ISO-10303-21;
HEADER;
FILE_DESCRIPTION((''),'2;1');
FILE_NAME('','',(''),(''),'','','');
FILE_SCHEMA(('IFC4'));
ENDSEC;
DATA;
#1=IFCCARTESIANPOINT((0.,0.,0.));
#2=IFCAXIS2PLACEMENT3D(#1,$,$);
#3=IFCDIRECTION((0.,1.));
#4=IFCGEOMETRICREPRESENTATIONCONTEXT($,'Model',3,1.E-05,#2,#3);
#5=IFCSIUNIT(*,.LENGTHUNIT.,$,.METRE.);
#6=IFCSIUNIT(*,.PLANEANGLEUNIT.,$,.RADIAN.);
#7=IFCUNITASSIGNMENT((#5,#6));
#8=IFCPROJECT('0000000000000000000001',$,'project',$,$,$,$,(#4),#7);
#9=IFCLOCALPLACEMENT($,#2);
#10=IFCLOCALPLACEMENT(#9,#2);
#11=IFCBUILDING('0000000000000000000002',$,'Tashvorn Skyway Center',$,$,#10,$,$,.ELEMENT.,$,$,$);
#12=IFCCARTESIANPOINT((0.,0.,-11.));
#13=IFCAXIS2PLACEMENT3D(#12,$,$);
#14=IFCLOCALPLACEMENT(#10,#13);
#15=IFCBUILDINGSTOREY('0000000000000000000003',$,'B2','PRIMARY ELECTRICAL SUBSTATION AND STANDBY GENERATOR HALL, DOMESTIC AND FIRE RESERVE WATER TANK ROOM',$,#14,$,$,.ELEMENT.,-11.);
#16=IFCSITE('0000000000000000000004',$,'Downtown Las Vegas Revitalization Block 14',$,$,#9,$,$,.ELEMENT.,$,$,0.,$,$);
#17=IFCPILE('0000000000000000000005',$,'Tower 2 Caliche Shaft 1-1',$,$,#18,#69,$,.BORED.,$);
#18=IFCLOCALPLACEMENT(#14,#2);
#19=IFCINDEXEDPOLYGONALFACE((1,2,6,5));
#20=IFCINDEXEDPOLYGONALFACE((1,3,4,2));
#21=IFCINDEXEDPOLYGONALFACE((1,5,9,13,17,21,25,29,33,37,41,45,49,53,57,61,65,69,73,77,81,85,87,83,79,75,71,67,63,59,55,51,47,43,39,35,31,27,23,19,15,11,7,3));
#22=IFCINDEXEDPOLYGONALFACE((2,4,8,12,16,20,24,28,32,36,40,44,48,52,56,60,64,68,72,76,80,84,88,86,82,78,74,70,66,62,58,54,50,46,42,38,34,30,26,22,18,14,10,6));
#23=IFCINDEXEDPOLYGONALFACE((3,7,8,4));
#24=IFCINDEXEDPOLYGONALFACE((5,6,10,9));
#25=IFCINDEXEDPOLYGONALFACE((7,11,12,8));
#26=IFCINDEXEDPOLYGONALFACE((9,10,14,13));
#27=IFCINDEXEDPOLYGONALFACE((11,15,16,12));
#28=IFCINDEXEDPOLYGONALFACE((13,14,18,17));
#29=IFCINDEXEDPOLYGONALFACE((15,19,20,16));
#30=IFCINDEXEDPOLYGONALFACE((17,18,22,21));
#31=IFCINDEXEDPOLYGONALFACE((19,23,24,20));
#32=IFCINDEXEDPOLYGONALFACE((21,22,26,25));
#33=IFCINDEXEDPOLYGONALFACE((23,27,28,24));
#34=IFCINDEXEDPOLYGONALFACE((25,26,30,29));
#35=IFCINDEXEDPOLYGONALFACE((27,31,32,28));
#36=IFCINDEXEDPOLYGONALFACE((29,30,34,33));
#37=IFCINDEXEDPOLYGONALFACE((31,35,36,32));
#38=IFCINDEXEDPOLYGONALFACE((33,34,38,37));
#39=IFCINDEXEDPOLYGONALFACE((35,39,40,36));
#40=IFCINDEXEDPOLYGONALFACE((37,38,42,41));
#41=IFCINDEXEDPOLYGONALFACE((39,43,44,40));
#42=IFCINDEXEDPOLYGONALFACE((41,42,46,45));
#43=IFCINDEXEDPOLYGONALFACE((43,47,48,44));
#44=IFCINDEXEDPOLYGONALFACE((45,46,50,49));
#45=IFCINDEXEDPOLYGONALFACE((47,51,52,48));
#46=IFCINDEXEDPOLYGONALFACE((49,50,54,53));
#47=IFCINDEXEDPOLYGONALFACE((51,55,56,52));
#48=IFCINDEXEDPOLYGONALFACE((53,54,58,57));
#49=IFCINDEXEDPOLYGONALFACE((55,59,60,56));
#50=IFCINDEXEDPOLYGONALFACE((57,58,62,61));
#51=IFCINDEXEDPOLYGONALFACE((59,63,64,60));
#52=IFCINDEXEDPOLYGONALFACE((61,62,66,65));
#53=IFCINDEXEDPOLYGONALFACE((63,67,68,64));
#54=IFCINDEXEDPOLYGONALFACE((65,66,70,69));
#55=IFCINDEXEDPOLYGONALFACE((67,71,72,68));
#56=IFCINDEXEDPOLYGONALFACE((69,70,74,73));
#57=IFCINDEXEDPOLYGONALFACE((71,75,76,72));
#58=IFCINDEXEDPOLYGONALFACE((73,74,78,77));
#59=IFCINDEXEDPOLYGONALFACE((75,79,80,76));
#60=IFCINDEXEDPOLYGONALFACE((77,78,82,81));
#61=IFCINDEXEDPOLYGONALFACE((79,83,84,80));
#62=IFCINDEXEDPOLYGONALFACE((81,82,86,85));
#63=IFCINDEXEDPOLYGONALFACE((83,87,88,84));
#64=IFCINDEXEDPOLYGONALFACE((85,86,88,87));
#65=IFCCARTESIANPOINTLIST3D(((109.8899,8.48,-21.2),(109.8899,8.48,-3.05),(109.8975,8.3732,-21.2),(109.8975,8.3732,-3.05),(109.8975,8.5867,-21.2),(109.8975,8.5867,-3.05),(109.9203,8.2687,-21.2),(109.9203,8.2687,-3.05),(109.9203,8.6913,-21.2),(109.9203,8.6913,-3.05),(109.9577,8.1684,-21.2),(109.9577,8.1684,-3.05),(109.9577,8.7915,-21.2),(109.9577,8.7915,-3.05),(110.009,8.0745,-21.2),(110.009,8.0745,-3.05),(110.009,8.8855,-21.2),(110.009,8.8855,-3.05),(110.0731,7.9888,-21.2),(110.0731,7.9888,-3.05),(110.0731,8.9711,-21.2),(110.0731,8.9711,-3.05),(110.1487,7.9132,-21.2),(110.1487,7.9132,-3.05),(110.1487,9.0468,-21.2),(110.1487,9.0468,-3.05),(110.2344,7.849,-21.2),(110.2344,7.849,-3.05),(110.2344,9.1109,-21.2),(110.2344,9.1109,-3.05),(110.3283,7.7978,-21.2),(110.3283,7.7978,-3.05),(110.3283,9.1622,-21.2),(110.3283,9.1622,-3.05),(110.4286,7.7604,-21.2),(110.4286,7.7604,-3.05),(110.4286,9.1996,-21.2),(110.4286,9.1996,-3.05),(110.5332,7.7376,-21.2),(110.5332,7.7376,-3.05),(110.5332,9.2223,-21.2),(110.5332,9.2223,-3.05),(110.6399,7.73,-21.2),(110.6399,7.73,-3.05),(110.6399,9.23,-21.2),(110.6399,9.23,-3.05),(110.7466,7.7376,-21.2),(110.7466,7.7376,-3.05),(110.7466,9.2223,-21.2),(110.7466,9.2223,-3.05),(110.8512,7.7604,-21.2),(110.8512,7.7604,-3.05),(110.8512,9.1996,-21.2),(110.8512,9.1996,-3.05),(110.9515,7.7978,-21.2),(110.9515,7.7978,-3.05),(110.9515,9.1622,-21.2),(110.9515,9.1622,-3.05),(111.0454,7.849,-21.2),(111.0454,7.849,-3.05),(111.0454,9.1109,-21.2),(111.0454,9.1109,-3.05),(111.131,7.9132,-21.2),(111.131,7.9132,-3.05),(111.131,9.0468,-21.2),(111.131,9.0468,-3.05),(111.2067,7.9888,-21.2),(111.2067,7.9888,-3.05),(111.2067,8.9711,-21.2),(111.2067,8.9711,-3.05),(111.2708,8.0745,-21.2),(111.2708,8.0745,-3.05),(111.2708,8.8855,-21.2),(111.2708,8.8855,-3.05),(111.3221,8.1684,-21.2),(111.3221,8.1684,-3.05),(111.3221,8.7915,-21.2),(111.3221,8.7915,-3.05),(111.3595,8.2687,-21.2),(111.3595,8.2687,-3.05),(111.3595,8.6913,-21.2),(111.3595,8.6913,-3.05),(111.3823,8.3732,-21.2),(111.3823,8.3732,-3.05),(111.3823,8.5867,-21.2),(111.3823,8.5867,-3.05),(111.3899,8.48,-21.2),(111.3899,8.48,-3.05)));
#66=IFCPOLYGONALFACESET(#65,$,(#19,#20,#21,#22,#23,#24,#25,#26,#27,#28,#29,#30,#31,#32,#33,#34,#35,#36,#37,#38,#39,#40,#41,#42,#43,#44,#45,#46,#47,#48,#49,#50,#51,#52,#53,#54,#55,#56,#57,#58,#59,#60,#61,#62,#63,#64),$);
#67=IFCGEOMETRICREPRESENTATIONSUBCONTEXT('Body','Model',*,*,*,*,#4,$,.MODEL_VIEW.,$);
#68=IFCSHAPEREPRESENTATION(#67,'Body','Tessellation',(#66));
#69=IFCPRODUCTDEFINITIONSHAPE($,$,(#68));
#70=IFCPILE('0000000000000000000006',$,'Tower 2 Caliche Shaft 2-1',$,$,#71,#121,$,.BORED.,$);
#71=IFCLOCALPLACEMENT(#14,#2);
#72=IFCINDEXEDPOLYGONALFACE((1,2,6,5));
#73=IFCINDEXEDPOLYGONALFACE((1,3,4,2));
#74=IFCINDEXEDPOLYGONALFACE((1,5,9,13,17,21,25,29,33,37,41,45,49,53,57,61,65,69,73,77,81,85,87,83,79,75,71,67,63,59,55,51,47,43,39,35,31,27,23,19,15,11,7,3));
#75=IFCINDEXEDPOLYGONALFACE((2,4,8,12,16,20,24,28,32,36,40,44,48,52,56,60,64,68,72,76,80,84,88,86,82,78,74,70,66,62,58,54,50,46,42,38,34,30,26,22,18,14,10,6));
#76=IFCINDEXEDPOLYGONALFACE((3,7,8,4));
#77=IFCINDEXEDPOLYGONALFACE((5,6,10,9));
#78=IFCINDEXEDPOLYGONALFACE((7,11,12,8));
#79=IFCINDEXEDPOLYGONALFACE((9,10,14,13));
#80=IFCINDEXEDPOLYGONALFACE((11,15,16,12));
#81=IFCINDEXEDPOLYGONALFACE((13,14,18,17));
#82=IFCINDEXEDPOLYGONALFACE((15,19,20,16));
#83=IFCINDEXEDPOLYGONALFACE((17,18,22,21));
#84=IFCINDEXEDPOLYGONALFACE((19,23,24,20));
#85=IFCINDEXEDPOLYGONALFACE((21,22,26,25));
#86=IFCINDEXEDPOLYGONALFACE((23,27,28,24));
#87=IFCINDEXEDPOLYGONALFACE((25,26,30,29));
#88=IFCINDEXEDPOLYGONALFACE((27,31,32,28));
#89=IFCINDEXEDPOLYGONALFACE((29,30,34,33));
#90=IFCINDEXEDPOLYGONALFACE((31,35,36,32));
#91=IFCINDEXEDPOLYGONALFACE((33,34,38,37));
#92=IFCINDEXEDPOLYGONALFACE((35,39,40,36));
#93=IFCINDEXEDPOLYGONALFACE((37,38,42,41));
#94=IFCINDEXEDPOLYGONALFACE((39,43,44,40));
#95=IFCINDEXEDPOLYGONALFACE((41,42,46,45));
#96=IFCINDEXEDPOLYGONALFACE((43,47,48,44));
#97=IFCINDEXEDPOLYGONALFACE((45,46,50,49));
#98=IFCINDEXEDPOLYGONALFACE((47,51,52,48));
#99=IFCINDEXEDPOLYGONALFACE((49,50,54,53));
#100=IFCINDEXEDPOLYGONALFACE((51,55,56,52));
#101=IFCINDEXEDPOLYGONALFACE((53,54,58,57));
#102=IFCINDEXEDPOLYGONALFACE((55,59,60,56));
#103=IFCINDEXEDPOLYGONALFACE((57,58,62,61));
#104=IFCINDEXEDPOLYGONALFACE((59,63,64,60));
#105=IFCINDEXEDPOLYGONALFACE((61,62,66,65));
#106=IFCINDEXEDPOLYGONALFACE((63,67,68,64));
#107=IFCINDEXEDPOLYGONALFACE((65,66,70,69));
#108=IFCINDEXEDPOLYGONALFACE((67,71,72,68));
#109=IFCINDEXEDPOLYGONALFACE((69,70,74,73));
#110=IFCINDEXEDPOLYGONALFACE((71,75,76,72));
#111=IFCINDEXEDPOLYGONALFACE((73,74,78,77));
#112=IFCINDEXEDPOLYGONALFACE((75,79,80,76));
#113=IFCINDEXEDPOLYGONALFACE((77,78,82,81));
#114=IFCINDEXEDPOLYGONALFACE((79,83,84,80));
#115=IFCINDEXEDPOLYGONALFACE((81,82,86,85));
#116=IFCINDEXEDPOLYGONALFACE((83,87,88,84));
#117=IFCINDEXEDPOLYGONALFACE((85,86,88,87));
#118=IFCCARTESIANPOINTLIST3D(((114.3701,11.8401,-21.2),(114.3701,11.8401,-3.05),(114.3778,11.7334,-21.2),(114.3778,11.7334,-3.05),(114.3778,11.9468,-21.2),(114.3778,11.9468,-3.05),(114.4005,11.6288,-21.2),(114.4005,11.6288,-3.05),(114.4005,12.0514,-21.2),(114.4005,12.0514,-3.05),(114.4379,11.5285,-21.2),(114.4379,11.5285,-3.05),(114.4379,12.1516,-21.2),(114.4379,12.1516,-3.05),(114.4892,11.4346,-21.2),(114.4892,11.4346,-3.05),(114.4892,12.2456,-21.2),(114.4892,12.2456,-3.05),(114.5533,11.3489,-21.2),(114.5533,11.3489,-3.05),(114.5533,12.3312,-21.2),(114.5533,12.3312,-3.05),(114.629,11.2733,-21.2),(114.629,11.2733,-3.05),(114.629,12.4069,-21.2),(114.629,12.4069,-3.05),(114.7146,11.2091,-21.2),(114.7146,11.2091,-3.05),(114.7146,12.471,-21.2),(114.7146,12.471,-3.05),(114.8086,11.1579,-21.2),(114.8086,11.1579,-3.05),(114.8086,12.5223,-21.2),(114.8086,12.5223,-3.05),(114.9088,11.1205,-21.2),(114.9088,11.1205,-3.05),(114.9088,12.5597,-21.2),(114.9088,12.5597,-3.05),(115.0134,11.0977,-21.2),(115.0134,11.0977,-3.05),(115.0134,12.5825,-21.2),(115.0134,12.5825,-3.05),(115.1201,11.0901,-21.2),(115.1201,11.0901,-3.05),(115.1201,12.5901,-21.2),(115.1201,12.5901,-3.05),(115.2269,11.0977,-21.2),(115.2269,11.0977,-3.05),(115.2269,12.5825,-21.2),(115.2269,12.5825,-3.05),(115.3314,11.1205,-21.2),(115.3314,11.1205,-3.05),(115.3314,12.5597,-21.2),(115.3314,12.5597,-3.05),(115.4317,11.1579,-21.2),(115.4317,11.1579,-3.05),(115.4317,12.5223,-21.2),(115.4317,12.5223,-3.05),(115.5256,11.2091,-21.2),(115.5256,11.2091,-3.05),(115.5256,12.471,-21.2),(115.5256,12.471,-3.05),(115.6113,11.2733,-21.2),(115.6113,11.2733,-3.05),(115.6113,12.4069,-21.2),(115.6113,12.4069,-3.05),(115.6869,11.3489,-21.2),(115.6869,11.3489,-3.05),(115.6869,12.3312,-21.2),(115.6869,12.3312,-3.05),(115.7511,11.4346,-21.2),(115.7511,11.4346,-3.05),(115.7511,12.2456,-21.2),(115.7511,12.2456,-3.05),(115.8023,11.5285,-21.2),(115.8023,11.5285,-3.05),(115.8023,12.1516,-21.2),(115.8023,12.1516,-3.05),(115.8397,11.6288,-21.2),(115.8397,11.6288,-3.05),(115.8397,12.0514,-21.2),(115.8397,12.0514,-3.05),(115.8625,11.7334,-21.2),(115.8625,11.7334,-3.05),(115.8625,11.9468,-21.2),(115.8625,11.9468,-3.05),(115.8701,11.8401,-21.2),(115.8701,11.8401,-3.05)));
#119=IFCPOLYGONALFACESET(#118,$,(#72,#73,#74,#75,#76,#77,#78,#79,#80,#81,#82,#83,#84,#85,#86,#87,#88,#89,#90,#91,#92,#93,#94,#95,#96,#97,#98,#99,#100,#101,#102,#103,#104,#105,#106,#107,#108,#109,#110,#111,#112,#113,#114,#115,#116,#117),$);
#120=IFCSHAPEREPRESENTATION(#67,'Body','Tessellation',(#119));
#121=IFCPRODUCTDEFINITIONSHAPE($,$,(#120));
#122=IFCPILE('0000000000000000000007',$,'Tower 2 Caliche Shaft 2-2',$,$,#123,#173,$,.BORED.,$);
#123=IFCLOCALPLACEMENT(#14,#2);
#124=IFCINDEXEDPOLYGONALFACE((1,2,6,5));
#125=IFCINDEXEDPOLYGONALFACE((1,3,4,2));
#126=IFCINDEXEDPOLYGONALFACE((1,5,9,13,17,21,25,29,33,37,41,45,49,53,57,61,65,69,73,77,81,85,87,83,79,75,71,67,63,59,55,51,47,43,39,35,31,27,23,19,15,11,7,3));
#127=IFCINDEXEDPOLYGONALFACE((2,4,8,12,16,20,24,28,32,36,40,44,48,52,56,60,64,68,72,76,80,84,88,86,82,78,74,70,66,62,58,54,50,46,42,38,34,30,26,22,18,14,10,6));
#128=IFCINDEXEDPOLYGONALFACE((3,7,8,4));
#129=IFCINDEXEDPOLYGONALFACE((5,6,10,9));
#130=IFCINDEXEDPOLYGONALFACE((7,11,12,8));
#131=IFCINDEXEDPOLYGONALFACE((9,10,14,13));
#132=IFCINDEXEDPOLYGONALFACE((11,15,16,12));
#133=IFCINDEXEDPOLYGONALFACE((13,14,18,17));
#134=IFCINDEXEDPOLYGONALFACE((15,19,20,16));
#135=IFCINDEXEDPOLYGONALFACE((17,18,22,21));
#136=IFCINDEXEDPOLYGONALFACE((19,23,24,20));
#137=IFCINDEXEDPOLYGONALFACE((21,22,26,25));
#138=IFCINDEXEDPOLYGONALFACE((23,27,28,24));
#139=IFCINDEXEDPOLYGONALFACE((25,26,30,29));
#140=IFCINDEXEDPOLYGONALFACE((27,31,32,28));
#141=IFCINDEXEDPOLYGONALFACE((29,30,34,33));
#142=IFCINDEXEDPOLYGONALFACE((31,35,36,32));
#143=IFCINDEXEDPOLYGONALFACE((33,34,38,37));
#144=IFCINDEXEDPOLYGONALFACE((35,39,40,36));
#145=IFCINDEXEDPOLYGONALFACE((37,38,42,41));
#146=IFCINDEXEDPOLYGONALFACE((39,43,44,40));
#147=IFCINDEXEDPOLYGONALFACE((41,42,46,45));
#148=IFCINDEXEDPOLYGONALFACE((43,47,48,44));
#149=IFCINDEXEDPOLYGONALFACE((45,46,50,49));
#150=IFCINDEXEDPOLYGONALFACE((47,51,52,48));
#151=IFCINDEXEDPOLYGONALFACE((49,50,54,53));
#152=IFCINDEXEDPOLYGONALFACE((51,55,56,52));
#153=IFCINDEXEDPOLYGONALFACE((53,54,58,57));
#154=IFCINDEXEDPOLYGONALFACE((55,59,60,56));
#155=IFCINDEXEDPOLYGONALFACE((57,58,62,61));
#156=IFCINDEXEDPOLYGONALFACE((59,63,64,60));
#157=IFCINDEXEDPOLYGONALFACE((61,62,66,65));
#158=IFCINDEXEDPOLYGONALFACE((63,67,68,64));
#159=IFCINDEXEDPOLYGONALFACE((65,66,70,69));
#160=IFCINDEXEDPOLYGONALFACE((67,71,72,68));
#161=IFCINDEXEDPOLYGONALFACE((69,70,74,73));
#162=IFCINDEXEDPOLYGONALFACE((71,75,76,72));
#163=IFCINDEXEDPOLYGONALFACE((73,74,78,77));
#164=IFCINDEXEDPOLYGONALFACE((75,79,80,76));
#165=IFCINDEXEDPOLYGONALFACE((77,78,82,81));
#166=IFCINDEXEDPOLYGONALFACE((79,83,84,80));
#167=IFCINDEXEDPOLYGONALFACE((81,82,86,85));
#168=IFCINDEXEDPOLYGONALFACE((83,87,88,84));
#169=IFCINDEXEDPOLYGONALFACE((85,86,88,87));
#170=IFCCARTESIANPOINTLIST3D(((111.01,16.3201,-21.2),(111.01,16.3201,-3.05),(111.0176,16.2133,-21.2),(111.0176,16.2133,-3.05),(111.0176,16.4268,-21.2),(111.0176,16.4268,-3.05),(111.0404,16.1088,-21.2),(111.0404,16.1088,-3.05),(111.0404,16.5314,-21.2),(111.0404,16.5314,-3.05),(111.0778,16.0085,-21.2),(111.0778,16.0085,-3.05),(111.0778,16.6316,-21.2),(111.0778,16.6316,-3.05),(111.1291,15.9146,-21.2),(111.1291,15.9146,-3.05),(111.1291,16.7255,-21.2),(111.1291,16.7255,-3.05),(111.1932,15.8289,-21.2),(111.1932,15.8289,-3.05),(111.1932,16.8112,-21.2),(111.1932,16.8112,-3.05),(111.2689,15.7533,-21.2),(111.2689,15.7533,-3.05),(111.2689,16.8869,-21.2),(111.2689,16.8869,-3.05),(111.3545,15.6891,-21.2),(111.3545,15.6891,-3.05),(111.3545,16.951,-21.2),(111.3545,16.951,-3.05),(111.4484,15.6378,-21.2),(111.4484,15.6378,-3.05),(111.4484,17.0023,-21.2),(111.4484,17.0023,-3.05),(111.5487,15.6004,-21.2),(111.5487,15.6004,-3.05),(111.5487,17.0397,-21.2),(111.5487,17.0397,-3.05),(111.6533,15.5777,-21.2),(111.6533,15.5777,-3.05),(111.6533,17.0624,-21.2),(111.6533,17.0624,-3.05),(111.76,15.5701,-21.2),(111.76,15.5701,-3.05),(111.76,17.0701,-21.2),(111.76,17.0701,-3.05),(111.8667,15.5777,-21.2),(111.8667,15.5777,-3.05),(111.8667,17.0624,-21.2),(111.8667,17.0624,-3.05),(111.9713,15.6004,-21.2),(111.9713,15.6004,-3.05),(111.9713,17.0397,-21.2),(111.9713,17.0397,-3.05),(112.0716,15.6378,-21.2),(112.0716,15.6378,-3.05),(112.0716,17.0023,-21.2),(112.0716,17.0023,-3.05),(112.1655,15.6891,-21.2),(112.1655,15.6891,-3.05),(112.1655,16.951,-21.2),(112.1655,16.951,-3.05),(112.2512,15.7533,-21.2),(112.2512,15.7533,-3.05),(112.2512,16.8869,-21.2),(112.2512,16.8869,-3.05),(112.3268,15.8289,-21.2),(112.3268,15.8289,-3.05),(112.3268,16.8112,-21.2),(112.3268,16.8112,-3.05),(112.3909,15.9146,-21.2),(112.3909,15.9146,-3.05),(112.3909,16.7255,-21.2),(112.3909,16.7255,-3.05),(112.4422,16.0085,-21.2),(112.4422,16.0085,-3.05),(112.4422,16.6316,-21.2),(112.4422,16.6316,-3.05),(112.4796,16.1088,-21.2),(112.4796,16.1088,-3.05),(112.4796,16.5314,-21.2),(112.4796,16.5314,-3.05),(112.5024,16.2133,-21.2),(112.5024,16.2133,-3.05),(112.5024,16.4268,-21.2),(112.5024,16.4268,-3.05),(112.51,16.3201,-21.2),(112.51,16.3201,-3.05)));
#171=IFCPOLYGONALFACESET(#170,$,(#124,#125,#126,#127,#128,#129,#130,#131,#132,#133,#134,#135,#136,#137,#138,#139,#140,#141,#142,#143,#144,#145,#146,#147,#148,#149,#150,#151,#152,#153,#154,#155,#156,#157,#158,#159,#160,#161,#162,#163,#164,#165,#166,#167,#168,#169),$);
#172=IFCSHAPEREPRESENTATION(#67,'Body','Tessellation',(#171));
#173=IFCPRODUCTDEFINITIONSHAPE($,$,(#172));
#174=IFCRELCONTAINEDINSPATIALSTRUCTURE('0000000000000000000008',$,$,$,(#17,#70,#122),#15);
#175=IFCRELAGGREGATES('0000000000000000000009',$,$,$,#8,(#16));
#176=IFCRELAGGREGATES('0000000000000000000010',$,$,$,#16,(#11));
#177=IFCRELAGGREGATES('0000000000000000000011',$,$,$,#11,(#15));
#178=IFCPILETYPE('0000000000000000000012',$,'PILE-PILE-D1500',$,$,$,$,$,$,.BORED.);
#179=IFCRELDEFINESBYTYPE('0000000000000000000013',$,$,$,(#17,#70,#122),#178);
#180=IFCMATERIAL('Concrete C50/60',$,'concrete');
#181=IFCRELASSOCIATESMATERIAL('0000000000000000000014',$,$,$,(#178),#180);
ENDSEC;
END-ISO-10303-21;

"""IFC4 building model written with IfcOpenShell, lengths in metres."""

from ifc_helpers import new_model, si_unit, direction, frame, origin, origin_2d, place, context, subcontext, project, spatial, circle, extrude, material, material_profile, profile_set, type_object, element, save


model = new_model("IFC4")

# Units and contexts
model_context = context("Model", 3, precision=1e-05, world=origin(), true_north=direction((0.0, 1.0)))
body_context = subcontext(model_context, "Body", "Model", "MODEL_VIEW")
ifc_project = project(units=[si_unit("LENGTHUNIT", "METRE"), si_unit("PLANEANGLEUNIT", "RADIAN")], contexts=[model_context])

# Site, building, storey
site_placement = place(None, origin())
site = spatial("IfcSite", under=ifc_project, at=site_placement, Name="Downtown Las Vegas Revitalization Block 14", CompositionType="ELEMENT", RefElevation=0.0)
building_placement = place(site_placement, origin())
building = spatial("IfcBuilding", under=site, at=building_placement, Name="Tashvorn Skyway Center", CompositionType="ELEMENT")
storey_placement = place(building_placement, frame((0.0, 0.0, -11.0)))
storey = spatial("IfcBuildingStorey", under=building, at=storey_placement, Name="B2", Description="PRIMARY ELECTRICAL SUBSTATION AND STANDBY GENERATOR HALL, DOMESTIC AND FIRE RESERVE WATER TANK ROOM", CompositionType="ELEMENT", Elevation=-11.0)

# Piles
ifc_material_1 = material(Name="Concrete C50/60", Category="concrete")
ifc_material_profile_1 = material_profile(ifc_material_1, circle(Radius=0.75, at=origin_2d()), Name="PILE-D1500")
ifc_profile_set_1 = profile_set([ifc_material_profile_1], Name="Concrete C50/60")
pile_type = type_object("IfcPileType", Name="PILE-PILE-D1500", PredefinedType="BORED", material=ifc_profile_set_1)
for number, where, z_axis, x_axis, name in (
    (1, (110.6399, 8.48, -3.05), (0.0, 0.0, -1.0), (1.0, 0.0, 0.0), "Tower 2 Caliche Shaft 1-1"),
    (2, (115.1201, 11.8401, -3.05), (0.0, 0.0, -1.0), (1.0, 0.0, 0.0), "Tower 2 Caliche Shaft 2-1"),
    (3, (111.76, 16.3201, -3.05), (0.0, 0.0, -1.0), (1.0, 0.0, 0.0), "Tower 2 Caliche Shaft 2-2"),
):
    element("IfcPile", number, at=place(storey_placement, frame(where, z_axis=z_axis, x_axis=x_axis)), inside=storey, type_object=pile_type, Name=name, PredefinedType="BORED", context=body_context, shape_type="SweptSolid", body=[
        extrude(circle(Radius=0.75, at=origin_2d()), origin(), (0.0, 0.0, 1.0), 18.1499),
    ])

save(model, "model.ifc")
